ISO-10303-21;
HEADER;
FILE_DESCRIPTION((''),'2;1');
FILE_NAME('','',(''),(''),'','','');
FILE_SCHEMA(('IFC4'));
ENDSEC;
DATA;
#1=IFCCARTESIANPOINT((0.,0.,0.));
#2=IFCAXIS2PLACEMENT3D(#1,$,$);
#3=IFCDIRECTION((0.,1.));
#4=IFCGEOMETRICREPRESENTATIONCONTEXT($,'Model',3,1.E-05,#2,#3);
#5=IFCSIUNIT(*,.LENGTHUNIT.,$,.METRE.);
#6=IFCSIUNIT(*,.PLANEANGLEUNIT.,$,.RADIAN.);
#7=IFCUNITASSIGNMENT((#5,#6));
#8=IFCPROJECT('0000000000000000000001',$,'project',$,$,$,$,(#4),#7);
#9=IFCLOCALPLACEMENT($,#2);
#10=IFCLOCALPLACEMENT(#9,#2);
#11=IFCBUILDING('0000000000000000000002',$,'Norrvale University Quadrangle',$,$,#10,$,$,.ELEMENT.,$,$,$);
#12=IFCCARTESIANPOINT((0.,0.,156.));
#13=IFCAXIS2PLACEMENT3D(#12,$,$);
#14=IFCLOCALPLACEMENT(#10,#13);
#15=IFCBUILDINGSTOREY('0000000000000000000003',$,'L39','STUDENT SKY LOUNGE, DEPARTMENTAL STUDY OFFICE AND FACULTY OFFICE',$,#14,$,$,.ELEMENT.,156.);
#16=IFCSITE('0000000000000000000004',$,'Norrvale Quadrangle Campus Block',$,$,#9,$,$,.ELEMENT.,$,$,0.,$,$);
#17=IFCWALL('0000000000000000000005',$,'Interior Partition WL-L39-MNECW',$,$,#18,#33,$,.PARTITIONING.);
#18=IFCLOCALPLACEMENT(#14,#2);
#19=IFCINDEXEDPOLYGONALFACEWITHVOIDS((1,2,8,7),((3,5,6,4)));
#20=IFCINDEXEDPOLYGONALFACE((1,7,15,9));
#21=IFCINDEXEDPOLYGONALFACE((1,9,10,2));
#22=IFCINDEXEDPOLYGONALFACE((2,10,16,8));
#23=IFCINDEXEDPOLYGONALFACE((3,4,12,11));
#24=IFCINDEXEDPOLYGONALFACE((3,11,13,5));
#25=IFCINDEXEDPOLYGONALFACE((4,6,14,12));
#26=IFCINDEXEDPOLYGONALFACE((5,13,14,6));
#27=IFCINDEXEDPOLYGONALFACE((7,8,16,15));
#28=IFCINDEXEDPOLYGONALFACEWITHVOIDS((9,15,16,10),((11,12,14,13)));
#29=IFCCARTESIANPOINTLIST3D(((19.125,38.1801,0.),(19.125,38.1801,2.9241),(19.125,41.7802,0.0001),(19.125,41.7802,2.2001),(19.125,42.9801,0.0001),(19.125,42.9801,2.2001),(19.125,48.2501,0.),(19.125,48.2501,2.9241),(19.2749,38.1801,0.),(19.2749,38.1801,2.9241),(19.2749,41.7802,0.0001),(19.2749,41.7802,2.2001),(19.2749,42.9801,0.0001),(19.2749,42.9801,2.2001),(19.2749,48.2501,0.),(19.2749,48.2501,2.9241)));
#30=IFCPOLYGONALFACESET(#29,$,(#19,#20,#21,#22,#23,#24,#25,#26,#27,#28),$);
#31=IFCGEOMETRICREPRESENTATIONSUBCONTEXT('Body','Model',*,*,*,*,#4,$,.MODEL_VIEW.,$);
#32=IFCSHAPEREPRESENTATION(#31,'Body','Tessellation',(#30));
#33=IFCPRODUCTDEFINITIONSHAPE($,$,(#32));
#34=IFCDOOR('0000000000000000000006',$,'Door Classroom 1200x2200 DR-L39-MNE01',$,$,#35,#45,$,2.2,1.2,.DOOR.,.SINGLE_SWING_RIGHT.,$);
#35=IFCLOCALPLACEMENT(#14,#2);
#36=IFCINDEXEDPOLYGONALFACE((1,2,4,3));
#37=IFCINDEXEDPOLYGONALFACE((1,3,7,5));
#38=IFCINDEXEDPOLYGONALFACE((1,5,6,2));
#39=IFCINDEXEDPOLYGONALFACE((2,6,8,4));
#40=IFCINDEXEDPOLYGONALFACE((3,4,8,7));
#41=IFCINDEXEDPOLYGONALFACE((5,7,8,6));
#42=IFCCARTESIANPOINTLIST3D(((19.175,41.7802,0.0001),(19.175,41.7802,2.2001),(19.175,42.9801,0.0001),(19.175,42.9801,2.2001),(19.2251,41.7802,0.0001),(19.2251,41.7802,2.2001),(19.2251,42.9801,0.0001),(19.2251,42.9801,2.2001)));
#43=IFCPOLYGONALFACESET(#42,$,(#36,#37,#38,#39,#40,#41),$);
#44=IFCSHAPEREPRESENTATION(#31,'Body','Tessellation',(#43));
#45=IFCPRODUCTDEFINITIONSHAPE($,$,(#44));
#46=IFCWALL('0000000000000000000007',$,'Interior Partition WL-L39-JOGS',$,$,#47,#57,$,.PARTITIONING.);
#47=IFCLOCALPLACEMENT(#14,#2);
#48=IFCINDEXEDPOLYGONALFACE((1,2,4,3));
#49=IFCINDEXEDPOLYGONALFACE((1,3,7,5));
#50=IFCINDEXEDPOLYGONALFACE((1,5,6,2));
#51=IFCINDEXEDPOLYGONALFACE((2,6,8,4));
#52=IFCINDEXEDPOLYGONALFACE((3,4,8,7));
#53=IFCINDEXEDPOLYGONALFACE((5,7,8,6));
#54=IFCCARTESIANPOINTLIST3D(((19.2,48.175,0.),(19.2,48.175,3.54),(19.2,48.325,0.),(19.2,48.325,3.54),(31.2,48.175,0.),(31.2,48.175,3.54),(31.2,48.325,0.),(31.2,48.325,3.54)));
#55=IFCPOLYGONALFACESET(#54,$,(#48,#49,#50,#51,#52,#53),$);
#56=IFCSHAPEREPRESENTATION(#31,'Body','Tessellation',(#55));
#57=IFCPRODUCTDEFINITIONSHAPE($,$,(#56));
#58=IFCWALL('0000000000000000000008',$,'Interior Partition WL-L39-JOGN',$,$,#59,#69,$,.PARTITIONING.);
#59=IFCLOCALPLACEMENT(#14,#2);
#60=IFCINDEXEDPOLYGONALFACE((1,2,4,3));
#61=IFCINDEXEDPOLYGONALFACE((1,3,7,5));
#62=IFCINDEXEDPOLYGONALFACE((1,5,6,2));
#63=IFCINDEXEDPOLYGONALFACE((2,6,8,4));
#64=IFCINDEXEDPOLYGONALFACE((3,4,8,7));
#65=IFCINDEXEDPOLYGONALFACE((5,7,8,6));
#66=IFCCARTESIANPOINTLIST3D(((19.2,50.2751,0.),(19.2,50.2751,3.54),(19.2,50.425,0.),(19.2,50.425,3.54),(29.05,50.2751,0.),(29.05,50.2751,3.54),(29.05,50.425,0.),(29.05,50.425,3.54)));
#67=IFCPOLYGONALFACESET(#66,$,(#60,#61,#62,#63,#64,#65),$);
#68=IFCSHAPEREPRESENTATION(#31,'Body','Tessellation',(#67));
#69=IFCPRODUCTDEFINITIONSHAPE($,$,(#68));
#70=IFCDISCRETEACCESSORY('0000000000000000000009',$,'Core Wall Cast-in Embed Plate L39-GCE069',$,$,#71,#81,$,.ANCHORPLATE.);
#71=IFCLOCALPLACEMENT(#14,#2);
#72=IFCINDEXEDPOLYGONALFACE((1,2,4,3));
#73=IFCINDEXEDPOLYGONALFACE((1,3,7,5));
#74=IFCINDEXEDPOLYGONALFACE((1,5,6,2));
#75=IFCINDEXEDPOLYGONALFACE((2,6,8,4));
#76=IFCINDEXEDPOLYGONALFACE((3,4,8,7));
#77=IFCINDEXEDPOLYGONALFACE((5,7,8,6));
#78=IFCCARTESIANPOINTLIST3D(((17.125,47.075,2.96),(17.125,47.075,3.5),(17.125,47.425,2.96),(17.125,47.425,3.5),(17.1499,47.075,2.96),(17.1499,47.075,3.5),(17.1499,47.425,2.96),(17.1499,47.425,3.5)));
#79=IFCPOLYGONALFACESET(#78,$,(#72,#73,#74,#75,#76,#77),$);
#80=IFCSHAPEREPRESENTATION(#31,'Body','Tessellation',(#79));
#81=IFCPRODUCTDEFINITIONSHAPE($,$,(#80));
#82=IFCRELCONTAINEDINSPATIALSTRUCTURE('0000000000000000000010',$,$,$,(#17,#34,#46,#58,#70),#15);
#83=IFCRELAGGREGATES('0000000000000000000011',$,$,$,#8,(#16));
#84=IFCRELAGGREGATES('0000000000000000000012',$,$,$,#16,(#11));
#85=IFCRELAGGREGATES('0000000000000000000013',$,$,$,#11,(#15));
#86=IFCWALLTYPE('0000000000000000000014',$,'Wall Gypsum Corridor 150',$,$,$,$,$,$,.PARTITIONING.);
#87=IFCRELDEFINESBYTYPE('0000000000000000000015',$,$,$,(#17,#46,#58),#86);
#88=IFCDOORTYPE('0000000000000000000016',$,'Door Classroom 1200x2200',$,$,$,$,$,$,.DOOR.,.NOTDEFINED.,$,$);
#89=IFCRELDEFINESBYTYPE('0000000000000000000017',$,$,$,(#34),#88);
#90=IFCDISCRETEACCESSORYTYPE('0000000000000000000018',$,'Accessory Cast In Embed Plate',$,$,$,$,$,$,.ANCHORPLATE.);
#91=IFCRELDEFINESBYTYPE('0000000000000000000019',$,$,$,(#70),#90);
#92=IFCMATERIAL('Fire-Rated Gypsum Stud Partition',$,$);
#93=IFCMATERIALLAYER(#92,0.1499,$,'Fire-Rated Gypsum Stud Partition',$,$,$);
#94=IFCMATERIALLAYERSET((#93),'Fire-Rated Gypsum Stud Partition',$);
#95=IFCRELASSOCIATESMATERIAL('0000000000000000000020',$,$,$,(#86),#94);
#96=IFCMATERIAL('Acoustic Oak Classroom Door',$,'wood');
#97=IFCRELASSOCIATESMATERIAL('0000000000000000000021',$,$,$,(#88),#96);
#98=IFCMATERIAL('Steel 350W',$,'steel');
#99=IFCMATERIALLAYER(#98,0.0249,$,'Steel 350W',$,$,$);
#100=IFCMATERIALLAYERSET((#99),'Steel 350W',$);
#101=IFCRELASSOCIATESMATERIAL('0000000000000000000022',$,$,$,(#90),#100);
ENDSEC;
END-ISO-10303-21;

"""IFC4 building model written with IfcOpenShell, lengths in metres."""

from ifc_helpers import new_model, si_unit, direction, frame, frame_2d, origin, origin_2d, place, context, subcontext, project, spatial, rectangle, extrude, material, layer, layer_set, type_object, element, fill, save


model = new_model("IFC4")

# Units and contexts
model_context = context("Model", 3, precision=1e-05, world=origin(), true_north=direction((0.0, 1.0)))
body_context = subcontext(model_context, "Body", "Model", "MODEL_VIEW")
ifc_project = project(units=[si_unit("LENGTHUNIT", "METRE"), si_unit("PLANEANGLEUNIT", "RADIAN")], contexts=[model_context])

# Site, building, storey
site_placement = place(None, origin())
site = spatial("IfcSite", under=ifc_project, at=site_placement, Name="Norrvale Quadrangle Campus Block", CompositionType="ELEMENT", RefElevation=0.0)
building_placement = place(site_placement, origin())
building = spatial("IfcBuilding", under=site, at=building_placement, Name="Norrvale University Quadrangle", CompositionType="ELEMENT")
storey_placement = place(building_placement, frame((0.0, 0.0, 156.0)))
storey = spatial("IfcBuildingStorey", under=building, at=storey_placement, Name="L39", Description="STUDENT SKY LOUNGE, DEPARTMENTAL STUDY OFFICE AND FACULTY OFFICE", CompositionType="ELEMENT", Elevation=156.0)

# Shared definitions
ifc_material_1 = material(Name="Steel 350W", Category="steel")

# Shared definitions
ifc_material_2 = material(Name="Fire-Rated Gypsum Stud Partition")
ifc_layer_1 = layer(ifc_material_2, 0.1499, Name="Fire-Rated Gypsum Stud Partition")
ifc_layer_set_1 = layer_set([ifc_layer_1], Name="Fire-Rated Gypsum Stud Partition")
wall_type_1 = type_object("IfcWallType", Name="Wall Gypsum Corridor 150", PredefinedType="PARTITIONING", material=ifc_layer_set_1)

# Wall, opening, door
wall_1_placement = place(storey_placement, frame((19.2, 38.1799, 0.0), z_axis=(0.0, 0.0, 1.0), x_axis=(0.0, 1.0, 0.0)))
wall_1 = element("IfcWall", 1, at=wall_1_placement, inside=storey, type_object=wall_type_1, Name="Interior Partition WL-L39-MNECW", PredefinedType="PARTITIONING", context=body_context, shape_type="SweptSolid", body=[
    extrude(rectangle(XDim=10.0701, YDim=0.1499, at=frame_2d((5.0352, 0.0))), origin(), (0.0, 0.0, 1.0), 2.9241),
])
opening_placement = place(wall_1_placement, frame((3.6001, 0.0, 0.0)))
opening = element("IfcOpeningElement", 2, at=opening_placement, cuts=wall_1, PredefinedType="OPENING", context=body_context, shape_type="SweptSolid", body=[
    extrude(rectangle(XDim=1.2, YDim=2.2, at=frame_2d((0.6001, 1.1001))), frame((0.0, 0.0869, 0.0), z_axis=(0.0, -1.0, 0.0), x_axis=(1.0, 0.0, 0.0)), (0.0, 0.0, 1.0), 0.1738),
])
ifc_material_3 = material(Name="Acoustic Oak Classroom Door", Category="wood")
door_type = type_object("IfcDoorType", Name="Door Classroom 1200x2200", OperationType="NOTDEFINED", PredefinedType="DOOR", material=ifc_material_3)
door_placement = place(opening_placement, origin())
door = element("IfcDoor", 3, at=door_placement, inside=storey, type_object=door_type, Name="Door Classroom 1200x2200 DR-L39-MNE01", OperationType="SINGLE_SWING_RIGHT", OverallHeight=2.2, OverallWidth=1.2, PredefinedType="DOOR", context=body_context, shape_type="SweptSolid", body=[
    extrude(rectangle(XDim=1.2, YDim=2.2, at=frame_2d((0.6001, 1.1001))), frame((0.0, 0.0249, 0.0), z_axis=(0.0, -1.0, 0.0), x_axis=(1.0, 0.0, 0.0)), (0.0, 0.0, 1.0), 0.05),
])
fill(opening, door)

# Walls
wall_2_placement = place(storey_placement, frame((19.2, 48.25, 0.0), z_axis=(0.0, 0.0, 1.0), x_axis=(1.0, 0.0, 0.0)))
element("IfcWall", 4, at=wall_2_placement, inside=storey, type_object=wall_type_1, Name="Interior Partition WL-L39-JOGS", PredefinedType="PARTITIONING", context=body_context, shape_type="SweptSolid", body=[
    extrude(rectangle(XDim=12.0, YDim=0.1499, at=frame_2d((6.0, 0.0))), origin(), (0.0, 0.0, 1.0), 3.54),
])
wall_3_placement = place(storey_placement, frame((19.2, 50.3501, 0.0), z_axis=(0.0, 0.0, 1.0), x_axis=(1.0, 0.0, 0.0)))
element("IfcWall", 5, at=wall_3_placement, inside=storey, type_object=wall_type_1, Name="Interior Partition WL-L39-JOGN", PredefinedType="PARTITIONING", context=body_context, shape_type="SweptSolid", body=[
    extrude(rectangle(XDim=9.8501, YDim=0.1499, at=frame_2d((4.925, 0.0))), origin(), (0.0, 0.0, 1.0), 3.54),
])

# Discrete accessory
ifc_layer_2 = layer(ifc_material_1, 0.0249, Name="Steel 350W")
ifc_layer_set_2 = layer_set([ifc_layer_2], Name="Steel 350W")
discrete_accessory_type = type_object("IfcDiscreteAccessoryType", Name="Accessory Cast In Embed Plate", PredefinedType="ANCHORPLATE", material=ifc_layer_set_2)
discrete_accessory_placement = place(storey_placement, frame((17.1375, 47.25, 2.96), z_axis=(0.0, 0.0, 1.0), x_axis=(1.0, 0.0, 0.0)))
element("IfcDiscreteAccessory", 6, at=discrete_accessory_placement, inside=storey, type_object=discrete_accessory_type, Name="Core Wall Cast-in Embed Plate L39-GCE069", PredefinedType="ANCHORPLATE", context=body_context, shape_type="SweptSolid", body=[
    extrude(rectangle(XDim=0.0249, YDim=0.3501, at=origin_2d()), origin(), (0.0, 0.0, 1.0), 0.54),
])

save(model, "model.ifc")
